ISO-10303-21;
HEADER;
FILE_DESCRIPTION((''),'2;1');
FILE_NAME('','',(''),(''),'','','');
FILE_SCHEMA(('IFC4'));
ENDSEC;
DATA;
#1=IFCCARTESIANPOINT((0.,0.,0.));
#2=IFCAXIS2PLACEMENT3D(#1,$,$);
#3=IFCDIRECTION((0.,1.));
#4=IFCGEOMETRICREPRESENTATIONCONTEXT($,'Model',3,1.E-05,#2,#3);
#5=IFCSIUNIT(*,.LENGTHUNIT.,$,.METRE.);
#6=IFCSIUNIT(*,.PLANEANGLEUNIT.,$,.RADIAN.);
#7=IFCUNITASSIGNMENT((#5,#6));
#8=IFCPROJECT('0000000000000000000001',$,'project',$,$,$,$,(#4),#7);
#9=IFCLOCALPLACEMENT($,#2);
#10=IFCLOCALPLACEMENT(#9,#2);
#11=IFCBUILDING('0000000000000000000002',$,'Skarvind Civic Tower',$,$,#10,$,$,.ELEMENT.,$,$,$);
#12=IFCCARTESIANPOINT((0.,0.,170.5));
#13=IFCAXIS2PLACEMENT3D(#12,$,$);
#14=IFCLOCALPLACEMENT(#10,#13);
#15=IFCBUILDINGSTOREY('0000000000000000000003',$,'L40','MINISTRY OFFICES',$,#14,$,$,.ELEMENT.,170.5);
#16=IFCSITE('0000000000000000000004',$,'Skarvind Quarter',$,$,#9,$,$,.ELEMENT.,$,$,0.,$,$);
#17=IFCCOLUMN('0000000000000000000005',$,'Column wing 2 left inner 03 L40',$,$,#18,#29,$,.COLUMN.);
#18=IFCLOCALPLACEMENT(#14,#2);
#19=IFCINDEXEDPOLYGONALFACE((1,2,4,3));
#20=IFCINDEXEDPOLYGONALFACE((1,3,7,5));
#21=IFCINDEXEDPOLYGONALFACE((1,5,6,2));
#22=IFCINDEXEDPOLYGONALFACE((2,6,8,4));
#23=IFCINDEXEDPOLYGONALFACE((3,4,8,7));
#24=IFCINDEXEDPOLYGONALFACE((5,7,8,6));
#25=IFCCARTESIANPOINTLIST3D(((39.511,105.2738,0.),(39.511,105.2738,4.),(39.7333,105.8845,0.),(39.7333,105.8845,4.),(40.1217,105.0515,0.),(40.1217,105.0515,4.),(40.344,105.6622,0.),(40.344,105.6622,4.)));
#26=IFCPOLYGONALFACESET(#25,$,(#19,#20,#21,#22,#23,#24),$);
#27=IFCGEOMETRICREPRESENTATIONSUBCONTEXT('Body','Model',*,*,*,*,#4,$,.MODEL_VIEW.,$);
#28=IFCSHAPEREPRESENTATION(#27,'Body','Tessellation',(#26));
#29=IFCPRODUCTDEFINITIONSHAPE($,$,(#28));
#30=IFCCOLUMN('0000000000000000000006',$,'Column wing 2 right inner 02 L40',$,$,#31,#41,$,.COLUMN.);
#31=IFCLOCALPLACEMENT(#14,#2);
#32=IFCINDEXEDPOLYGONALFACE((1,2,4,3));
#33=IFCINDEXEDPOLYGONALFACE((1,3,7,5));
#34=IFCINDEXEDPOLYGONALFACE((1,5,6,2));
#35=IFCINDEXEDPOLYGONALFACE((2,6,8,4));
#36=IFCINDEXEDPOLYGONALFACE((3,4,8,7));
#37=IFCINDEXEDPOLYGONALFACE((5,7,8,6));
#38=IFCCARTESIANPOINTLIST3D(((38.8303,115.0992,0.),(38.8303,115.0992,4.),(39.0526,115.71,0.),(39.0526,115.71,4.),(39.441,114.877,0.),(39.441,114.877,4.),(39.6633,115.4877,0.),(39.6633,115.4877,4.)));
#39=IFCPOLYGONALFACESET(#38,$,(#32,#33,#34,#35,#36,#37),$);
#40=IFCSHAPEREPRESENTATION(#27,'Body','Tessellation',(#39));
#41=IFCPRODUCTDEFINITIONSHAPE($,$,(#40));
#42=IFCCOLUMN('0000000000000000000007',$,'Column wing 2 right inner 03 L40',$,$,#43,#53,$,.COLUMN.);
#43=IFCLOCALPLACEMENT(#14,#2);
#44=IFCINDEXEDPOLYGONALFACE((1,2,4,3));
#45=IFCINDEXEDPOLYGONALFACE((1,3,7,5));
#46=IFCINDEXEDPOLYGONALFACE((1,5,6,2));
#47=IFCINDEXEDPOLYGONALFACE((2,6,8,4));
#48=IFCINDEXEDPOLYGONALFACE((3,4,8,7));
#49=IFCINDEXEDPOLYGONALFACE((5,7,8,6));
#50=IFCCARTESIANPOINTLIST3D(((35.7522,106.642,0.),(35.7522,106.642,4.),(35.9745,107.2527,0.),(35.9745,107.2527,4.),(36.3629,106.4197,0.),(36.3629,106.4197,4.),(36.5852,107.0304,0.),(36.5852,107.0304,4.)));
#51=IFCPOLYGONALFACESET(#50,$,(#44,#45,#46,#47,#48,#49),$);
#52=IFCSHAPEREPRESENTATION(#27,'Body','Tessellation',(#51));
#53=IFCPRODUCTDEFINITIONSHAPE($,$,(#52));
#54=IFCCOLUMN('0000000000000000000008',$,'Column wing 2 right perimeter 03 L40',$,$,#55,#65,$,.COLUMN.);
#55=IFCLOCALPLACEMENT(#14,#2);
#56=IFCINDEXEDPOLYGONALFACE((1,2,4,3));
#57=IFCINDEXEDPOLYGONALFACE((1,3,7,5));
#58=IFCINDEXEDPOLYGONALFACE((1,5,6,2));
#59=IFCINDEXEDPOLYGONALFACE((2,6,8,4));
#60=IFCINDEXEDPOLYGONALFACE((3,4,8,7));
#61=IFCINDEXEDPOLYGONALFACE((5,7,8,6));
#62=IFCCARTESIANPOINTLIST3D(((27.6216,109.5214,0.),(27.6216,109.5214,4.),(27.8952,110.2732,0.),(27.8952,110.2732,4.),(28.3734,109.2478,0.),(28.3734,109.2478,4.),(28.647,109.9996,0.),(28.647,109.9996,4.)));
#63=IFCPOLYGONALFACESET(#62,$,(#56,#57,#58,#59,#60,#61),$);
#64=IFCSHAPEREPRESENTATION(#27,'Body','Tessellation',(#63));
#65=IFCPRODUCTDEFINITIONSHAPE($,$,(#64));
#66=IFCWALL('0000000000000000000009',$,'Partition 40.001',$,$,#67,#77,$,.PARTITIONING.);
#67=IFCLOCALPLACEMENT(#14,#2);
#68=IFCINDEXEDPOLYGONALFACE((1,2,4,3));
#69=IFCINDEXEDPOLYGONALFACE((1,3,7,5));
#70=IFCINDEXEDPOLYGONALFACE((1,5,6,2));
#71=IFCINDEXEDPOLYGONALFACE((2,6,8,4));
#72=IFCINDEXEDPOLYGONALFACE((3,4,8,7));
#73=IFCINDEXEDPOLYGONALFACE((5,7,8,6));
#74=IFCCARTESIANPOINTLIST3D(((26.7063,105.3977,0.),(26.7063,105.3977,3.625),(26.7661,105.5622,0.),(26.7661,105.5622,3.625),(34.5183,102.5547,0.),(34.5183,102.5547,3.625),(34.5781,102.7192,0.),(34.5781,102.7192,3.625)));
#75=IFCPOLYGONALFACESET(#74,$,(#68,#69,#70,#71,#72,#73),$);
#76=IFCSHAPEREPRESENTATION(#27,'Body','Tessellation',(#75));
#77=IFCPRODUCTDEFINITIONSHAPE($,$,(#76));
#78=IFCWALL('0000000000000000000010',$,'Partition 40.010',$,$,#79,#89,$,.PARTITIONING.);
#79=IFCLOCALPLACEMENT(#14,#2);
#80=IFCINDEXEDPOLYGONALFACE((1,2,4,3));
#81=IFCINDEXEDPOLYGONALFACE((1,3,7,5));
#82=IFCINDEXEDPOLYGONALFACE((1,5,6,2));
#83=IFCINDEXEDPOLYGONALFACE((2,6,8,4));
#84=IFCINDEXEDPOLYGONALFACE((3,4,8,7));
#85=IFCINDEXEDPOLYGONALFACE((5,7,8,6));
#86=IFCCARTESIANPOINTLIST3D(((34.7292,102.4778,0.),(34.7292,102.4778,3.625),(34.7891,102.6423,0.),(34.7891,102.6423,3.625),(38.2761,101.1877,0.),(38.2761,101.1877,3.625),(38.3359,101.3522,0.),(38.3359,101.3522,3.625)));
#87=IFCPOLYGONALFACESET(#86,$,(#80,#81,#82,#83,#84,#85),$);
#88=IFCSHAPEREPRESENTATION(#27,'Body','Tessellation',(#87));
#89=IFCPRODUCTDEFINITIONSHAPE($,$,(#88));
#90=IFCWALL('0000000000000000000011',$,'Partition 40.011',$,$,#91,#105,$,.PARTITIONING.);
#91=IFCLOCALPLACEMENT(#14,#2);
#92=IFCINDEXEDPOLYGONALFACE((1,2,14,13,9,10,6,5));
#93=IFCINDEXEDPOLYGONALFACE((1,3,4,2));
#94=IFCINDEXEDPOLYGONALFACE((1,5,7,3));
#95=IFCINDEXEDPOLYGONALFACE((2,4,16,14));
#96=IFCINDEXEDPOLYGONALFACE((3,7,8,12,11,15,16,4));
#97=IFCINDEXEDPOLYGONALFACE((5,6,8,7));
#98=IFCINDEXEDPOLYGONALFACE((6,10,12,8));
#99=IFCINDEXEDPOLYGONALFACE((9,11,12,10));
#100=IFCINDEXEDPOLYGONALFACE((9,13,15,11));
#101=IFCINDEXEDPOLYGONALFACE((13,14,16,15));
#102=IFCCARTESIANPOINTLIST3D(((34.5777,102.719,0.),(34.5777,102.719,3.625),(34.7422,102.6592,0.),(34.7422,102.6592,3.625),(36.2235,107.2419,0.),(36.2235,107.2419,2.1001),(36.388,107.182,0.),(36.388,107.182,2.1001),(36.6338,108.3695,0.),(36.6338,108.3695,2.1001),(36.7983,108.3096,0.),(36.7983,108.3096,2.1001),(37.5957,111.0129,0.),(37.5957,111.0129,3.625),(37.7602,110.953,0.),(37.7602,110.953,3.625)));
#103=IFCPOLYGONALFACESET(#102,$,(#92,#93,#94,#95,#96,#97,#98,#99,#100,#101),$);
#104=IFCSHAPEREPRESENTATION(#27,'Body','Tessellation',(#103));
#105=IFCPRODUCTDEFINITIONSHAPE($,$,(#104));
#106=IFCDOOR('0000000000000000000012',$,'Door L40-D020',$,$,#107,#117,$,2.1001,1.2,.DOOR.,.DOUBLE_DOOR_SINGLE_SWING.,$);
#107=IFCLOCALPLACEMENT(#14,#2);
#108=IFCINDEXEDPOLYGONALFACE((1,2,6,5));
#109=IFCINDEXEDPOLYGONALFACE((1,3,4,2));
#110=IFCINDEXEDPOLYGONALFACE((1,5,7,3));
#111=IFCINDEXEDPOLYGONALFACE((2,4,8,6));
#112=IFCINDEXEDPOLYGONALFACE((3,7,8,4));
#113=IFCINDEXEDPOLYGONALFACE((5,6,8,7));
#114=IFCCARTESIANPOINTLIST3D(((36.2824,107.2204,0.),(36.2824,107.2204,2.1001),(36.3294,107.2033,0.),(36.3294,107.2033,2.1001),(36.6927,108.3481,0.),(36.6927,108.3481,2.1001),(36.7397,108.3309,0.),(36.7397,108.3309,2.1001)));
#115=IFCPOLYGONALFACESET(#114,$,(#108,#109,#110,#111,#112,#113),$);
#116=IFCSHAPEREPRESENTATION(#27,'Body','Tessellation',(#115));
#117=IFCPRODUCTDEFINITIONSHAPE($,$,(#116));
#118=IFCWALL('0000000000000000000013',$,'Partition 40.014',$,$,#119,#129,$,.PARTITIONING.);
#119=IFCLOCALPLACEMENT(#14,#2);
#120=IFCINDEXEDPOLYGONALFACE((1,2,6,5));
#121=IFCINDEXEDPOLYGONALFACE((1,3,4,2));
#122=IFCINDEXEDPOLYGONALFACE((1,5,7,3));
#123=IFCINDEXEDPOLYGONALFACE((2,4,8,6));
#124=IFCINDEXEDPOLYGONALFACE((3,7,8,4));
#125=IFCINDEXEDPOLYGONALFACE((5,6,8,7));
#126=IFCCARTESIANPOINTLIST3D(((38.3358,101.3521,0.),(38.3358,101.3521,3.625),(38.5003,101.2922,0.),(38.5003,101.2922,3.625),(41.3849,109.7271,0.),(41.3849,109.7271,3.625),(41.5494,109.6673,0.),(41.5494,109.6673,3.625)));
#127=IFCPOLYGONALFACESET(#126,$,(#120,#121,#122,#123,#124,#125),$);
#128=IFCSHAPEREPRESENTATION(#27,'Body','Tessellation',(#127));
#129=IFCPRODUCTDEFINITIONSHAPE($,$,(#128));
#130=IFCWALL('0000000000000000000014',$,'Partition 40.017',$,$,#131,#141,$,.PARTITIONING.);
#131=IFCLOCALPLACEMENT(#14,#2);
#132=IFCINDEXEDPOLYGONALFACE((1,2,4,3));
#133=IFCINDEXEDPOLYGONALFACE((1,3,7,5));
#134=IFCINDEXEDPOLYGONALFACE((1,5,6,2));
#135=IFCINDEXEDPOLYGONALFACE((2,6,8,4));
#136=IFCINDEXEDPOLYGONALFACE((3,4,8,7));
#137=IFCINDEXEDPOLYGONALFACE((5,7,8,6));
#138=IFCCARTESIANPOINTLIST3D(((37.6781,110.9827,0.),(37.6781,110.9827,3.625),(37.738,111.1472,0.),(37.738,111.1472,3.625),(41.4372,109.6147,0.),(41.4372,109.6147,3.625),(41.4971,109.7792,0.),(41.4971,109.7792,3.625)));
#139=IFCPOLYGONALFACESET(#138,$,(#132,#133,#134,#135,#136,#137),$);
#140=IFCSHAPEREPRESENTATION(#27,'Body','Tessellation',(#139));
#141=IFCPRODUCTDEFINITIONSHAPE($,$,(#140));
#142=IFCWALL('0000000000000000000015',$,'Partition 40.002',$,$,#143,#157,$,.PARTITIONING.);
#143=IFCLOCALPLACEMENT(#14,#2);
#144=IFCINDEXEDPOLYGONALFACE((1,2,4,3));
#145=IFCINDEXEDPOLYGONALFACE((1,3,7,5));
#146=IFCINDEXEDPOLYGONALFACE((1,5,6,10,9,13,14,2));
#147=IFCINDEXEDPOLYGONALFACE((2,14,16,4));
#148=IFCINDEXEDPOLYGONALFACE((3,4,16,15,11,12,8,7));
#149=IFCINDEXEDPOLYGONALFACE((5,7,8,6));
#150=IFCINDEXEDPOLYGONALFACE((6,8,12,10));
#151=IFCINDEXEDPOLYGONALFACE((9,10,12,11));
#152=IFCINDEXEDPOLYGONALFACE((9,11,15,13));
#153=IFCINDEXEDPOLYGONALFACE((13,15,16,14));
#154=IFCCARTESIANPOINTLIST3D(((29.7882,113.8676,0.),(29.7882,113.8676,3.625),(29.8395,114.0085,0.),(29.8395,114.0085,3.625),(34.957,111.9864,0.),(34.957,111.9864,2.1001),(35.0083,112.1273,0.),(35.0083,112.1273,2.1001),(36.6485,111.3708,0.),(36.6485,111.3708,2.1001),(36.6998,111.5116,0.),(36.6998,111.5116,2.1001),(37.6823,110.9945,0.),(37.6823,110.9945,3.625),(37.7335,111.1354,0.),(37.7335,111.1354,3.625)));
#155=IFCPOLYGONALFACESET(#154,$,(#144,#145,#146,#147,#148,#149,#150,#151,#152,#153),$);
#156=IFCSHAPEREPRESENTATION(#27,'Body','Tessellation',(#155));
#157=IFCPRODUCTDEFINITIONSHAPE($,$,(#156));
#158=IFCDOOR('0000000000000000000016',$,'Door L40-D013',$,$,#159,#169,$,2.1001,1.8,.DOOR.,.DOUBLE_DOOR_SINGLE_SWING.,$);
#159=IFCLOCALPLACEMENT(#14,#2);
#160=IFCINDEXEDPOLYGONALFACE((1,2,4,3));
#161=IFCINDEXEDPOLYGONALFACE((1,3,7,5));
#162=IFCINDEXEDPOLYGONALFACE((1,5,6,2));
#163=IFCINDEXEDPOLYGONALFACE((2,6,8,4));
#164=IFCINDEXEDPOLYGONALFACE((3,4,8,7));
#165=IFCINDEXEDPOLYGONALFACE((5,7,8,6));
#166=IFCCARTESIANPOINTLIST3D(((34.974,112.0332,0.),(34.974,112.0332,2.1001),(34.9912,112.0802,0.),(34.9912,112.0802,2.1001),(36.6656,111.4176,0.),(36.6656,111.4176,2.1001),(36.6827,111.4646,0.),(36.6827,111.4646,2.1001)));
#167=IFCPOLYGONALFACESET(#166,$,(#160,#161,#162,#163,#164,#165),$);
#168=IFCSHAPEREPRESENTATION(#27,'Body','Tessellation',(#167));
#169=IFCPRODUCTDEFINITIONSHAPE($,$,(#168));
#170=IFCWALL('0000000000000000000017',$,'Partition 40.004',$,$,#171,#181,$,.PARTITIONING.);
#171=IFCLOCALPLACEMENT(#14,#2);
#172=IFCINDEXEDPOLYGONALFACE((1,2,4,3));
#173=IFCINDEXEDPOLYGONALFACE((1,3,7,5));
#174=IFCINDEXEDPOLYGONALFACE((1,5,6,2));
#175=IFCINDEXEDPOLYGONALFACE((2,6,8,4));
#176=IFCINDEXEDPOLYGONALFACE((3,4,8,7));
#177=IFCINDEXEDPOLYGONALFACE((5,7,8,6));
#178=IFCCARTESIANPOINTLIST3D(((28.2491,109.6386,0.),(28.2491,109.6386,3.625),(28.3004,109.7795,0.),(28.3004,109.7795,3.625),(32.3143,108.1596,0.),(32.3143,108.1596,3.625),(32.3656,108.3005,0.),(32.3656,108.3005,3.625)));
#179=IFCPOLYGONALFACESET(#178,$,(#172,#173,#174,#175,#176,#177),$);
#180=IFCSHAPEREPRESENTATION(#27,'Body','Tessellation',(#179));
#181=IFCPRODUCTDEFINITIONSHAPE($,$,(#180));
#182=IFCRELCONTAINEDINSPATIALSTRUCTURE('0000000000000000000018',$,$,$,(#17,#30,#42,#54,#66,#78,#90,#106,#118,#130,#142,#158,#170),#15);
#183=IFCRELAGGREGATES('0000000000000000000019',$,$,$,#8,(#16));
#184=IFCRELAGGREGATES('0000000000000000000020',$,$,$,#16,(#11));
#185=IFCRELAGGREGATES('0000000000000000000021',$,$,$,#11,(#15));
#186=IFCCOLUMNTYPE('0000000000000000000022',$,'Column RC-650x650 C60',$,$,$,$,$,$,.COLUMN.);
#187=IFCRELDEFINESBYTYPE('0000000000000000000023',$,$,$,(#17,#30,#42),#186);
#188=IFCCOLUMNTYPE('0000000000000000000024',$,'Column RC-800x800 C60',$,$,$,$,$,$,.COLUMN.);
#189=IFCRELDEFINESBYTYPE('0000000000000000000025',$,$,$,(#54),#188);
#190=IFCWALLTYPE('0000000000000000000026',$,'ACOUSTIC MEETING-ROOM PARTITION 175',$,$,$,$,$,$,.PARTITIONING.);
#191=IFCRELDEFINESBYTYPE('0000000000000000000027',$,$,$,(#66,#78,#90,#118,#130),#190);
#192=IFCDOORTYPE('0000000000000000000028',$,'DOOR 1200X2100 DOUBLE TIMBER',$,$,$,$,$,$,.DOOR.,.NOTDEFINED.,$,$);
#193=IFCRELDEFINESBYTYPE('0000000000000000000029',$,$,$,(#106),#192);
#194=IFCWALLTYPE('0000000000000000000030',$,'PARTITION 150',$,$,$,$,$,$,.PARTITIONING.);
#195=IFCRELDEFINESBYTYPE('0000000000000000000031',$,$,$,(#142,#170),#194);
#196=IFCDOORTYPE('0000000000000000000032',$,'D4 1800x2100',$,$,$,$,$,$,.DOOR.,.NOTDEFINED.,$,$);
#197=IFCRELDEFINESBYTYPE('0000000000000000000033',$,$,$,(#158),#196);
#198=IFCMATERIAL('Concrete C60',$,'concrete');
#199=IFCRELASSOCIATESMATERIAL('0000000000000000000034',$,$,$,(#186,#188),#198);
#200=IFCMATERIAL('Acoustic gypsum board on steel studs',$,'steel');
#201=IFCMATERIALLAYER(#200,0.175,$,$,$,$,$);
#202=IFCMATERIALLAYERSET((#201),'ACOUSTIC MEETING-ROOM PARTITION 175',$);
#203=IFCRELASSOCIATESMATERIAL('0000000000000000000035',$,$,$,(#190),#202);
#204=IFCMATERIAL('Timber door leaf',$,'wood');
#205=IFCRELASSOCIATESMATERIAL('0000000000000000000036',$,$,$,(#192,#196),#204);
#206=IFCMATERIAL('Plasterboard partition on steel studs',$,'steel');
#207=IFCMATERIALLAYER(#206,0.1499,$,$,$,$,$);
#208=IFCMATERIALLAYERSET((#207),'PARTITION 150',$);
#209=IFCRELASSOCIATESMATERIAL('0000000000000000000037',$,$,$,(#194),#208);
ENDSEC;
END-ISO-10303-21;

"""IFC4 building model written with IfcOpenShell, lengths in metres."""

from ifc_helpers import new_model, si_unit, direction, frame, frame_2d, origin, origin_2d, place, context, subcontext, project, spatial, rectangle, extrude, material, layer, layer_set, material_profile, profile_set, type_object, element, fill, save


model = new_model("IFC4")

# Units and contexts
model_context = context("Model", 3, precision=1e-05, world=origin(), true_north=direction((0.0, 1.0)))
body_context = subcontext(model_context, "Body", "Model", "MODEL_VIEW")
ifc_project = project(units=[si_unit("LENGTHUNIT", "METRE"), si_unit("PLANEANGLEUNIT", "RADIAN")], contexts=[model_context])

# Site, building, storey
site_placement = place(None, origin())
site = spatial("IfcSite", under=ifc_project, at=site_placement, Name="Skarvind Quarter", CompositionType="ELEMENT", RefElevation=0.0)
building_placement = place(site_placement, origin())
building = spatial("IfcBuilding", under=site, at=building_placement, Name="Skarvind Civic Tower", CompositionType="ELEMENT")
storey_placement = place(building_placement, frame((0.0, 0.0, 170.5)))
storey = spatial("IfcBuildingStorey", under=building, at=storey_placement, Name="L40", Description="MINISTRY OFFICES", CompositionType="ELEMENT", Elevation=170.5)

# Columns
ifc_material_1 = material(Name="Concrete C60", Category="concrete")
ifc_material_profile_1 = material_profile(ifc_material_1, rectangle(XDim=0.6499, YDim=0.6499, at=origin_2d()), Name="RC-650x650")
ifc_profile_set_1 = profile_set([ifc_material_profile_1], Name="Concrete C60")
column_type_1 = type_object("IfcColumnType", Name="Column RC-650x650 C60", PredefinedType="COLUMN", material=ifc_profile_set_1)
for number, where, z_axis, x_axis, name in (
    (1, (39.9275, 105.468, 0.0), (0.0, 0.0, 1.0), (-0.34202, -0.939693, 0.0), "Column wing 2 left inner 03 L40"),
    (2, (39.2468, 115.2935, 0.0), (0.0, 0.0, 1.0), (-0.34202, -0.939693, 0.0), "Column wing 2 right inner 02 L40"),
    (3, (36.1687, 106.8362, 0.0), (0.0, 0.0, 1.0), (-0.34202, -0.939693, 0.0), "Column wing 2 right inner 03 L40"),
):
    element("IfcColumn", number, at=place(storey_placement, frame(where, z_axis=z_axis, x_axis=x_axis)), inside=storey, type_object=column_type_1, Name=name, PredefinedType="COLUMN", context=body_context, shape_type="SweptSolid", body=[
        extrude(rectangle(XDim=0.6499, YDim=0.6499, at=origin_2d()), origin(), (0.0, 0.0, 1.0), 4.0),
    ])
ifc_material_profile_2 = material_profile(ifc_material_1, rectangle(XDim=0.8, YDim=0.8, at=origin_2d()), Name="RC-800x800")
ifc_profile_set_2 = profile_set([ifc_material_profile_2], Name="Concrete C60")
column_type_2 = type_object("IfcColumnType", Name="Column RC-800x800 C60", PredefinedType="COLUMN", material=ifc_profile_set_2)
column_placement = place(storey_placement, frame((28.1343, 109.7605, 0.0), z_axis=(0.0, 0.0, 1.0), x_axis=(-0.34202, -0.939693, 0.0)))
element("IfcColumn", 4, at=column_placement, inside=storey, type_object=column_type_2, Name="Column wing 2 right perimeter 03 L40", PredefinedType="COLUMN", context=body_context, shape_type="SweptSolid", body=[
    extrude(rectangle(XDim=0.8, YDim=0.8, at=origin_2d()), origin(), (0.0, 0.0, 1.0), 4.0),
])

# Walls
ifc_material_2 = material(Name="Acoustic gypsum board on steel studs", Category="steel")
ifc_layer_1 = layer(ifc_material_2, 0.175)
ifc_layer_set_1 = layer_set([ifc_layer_1], Name="ACOUSTIC MEETING-ROOM PARTITION 175")
wall_type_1 = type_object("IfcWallType", Name="ACOUSTIC MEETING-ROOM PARTITION 175", PredefinedType="PARTITIONING", material=ifc_layer_set_1)
wall_1_placement = place(storey_placement, frame((26.7361, 105.48, 0.0), z_axis=(0.0, 0.0, 1.0), x_axis=(0.939705, -0.341986, 0.0)))
element("IfcWall", 5, at=wall_1_placement, inside=storey, type_object=wall_type_1, Name="Partition 40.001", PredefinedType="PARTITIONING", context=body_context, shape_type="SweptSolid", body=[
    extrude(rectangle(XDim=8.3132, YDim=0.175, at=frame_2d((4.1567, 0.0))), origin(), (0.0, 0.0, 1.0), 3.625),
])
wall_2_placement = place(storey_placement, frame((34.759, 102.5601, 0.0), z_axis=(0.0, 0.0, 1.0), x_axis=(0.939771, -0.341805, 0.0)))
element("IfcWall", 6, at=wall_2_placement, inside=storey, type_object=wall_type_1, Name="Partition 40.010", PredefinedType="PARTITIONING", context=body_context, shape_type="SweptSolid", body=[
    extrude(rectangle(XDim=3.7742, YDim=0.175, at=frame_2d((1.8872, 0.0))), origin(), (0.0, 0.0, 1.0), 3.625),
])

# Wall, opening, door
wall_3_placement = place(storey_placement, frame((34.6599, 102.689, 0.0), z_axis=(0.0, 0.0, 1.0), x_axis=(0.341952, 0.939717, 0.0)))
wall_3 = element("IfcWall", 7, at=wall_3_placement, inside=storey, type_object=wall_type_1, Name="Partition 40.011", PredefinedType="PARTITIONING", context=body_context, shape_type="SweptSolid", body=[
    extrude(rectangle(XDim=8.8259, YDim=0.175, at=frame_2d((4.4131, 0.0))), origin(), (0.0, 0.0, 1.0), 3.625),
])
opening_1_placement = place(wall_3_placement, frame((4.813, 0.0, 0.0)))
opening_1 = element("IfcOpeningElement", 8, at=opening_1_placement, cuts=wall_3, PredefinedType="OPENING", context=body_context, shape_type="SweptSolid", body=[
    extrude(rectangle(XDim=1.2, YDim=2.1001, at=frame_2d((0.6001, 1.05))), frame((0.0, 0.0974, 0.0), z_axis=(0.0, -1.0, 0.0), x_axis=(1.0, 0.0, 0.0)), (0.0, 0.0, 1.0), 0.1951),
])
ifc_material_3 = material(Name="Timber door leaf", Category="wood")
door_type_1 = type_object("IfcDoorType", Name="DOOR 1200X2100 DOUBLE TIMBER", OperationType="NOTDEFINED", PredefinedType="DOOR", material=ifc_material_3)
door_1_placement = place(opening_1_placement, origin())
door_1 = element("IfcDoor", 9, at=door_1_placement, inside=storey, type_object=door_type_1, Name="Door L40-D020", OperationType="DOUBLE_DOOR_SINGLE_SWING", OverallHeight=2.1001, OverallWidth=1.2, PredefinedType="DOOR", context=body_context, shape_type="SweptSolid", body=[
    extrude(rectangle(XDim=1.2, YDim=2.1001, at=frame_2d((0.6001, 1.05))), frame((0.0, 0.0249, 0.0), z_axis=(0.0, -1.0, 0.0), x_axis=(1.0, 0.0, 0.0)), (0.0, 0.0, 1.0), 0.05),
])
fill(opening_1, door_1)

# Walls
wall_4_placement = place(storey_placement, frame((38.418, 101.322, 0.0), z_axis=(0.0, 0.0, 1.0), x_axis=(0.342102, 0.939663, 0.0)))
element("IfcWall", 10, at=wall_4_placement, inside=storey, type_object=wall_type_1, Name="Partition 40.014", PredefinedType="PARTITIONING", context=body_context, shape_type="SweptSolid", body=[
    extrude(rectangle(XDim=8.9128, YDim=0.175, at=frame_2d((4.4565, 0.0))), origin(), (0.0, 0.0, 1.0), 3.625),
])
wall_5_placement = place(storey_placement, frame((41.467, 109.697, 0.0), z_axis=(0.0, 0.0, 1.0), x_axis=(-0.939713, 0.341964, 0.0)))
element("IfcWall", 11, at=wall_5_placement, inside=storey, type_object=wall_type_1, Name="Partition 40.017", PredefinedType="PARTITIONING", context=body_context, shape_type="SweptSolid", body=[
    extrude(rectangle(XDim=4.0002, YDim=0.175, at=frame_2d((2.0, 0.0))), origin(), (0.0, 0.0, 1.0), 3.625),
])

# Wall, opening, door
ifc_material_4 = material(Name="Plasterboard partition on steel studs", Category="steel")
ifc_layer_2 = layer(ifc_material_4, 0.1499)
ifc_layer_set_2 = layer_set([ifc_layer_2], Name="PARTITION 150")
wall_type_2 = type_object("IfcWallType", Name="PARTITION 150", PredefinedType="PARTITIONING", material=ifc_layer_set_2)
wall_6_placement = place(storey_placement, frame((29.814, 113.938, 0.0), z_axis=(0.0, 0.0, 1.0), x_axis=(0.939698, -0.342004, 0.0)))
wall_6 = element("IfcWall", 12, at=wall_6_placement, inside=storey, type_object=wall_type_2, Name="Partition 40.002", PredefinedType="PARTITIONING", context=body_context, shape_type="SweptSolid", body=[
    extrude(rectangle(XDim=8.4006, YDim=0.1499, at=frame_2d((4.2002, 0.0))), origin(), (0.0, 0.0, 1.0), 3.625),
])
opening_2_placement = place(wall_6_placement, frame((5.5005, 0.0, 0.0)))
opening_2 = element("IfcOpeningElement", 13, at=opening_2_placement, cuts=wall_6, PredefinedType="OPENING", context=body_context, shape_type="SweptSolid", body=[
    extrude(rectangle(XDim=1.8, YDim=2.1001, at=frame_2d((0.8999, 1.05))), frame((0.0, 0.085, 0.0), z_axis=(0.0, -1.0, 0.0), x_axis=(1.0, 0.0, 0.0)), (0.0, 0.0, 1.0), 0.1699),
])
door_type_2 = type_object("IfcDoorType", Name="D4 1800x2100", OperationType="NOTDEFINED", PredefinedType="DOOR", material=ifc_material_3)
door_2_placement = place(opening_2_placement, origin())
door_2 = element("IfcDoor", 14, at=door_2_placement, inside=storey, type_object=door_type_2, Name="Door L40-D013", OperationType="DOUBLE_DOOR_SINGLE_SWING", OverallHeight=2.1001, OverallWidth=1.8, PredefinedType="DOOR", context=body_context, shape_type="SweptSolid", body=[
    extrude(rectangle(XDim=1.8, YDim=2.1001, at=frame_2d((0.8999, 1.05))), frame((0.0, 0.0249, 0.0), z_axis=(0.0, -1.0, 0.0), x_axis=(1.0, 0.0, 0.0)), (0.0, 0.0, 1.0), 0.05),
])
fill(opening_2, door_2)

# Wall
wall_7_placement = place(storey_placement, frame((32.3401, 108.23, 0.0), z_axis=(0.0, 0.0, 1.0), x_axis=(-0.939737, 0.341897, 0.0)))
element("IfcWall", 15, at=wall_7_placement, inside=storey, type_object=wall_type_2, Name="Partition 40.004", PredefinedType="PARTITIONING", context=body_context, shape_type="SweptSolid", body=[
    extrude(rectangle(XDim=4.3259, YDim=0.1499, at=frame_2d((2.1631, 0.0))), origin(), (0.0, 0.0, 1.0), 3.625),
])

save(model, "model.ifc")
